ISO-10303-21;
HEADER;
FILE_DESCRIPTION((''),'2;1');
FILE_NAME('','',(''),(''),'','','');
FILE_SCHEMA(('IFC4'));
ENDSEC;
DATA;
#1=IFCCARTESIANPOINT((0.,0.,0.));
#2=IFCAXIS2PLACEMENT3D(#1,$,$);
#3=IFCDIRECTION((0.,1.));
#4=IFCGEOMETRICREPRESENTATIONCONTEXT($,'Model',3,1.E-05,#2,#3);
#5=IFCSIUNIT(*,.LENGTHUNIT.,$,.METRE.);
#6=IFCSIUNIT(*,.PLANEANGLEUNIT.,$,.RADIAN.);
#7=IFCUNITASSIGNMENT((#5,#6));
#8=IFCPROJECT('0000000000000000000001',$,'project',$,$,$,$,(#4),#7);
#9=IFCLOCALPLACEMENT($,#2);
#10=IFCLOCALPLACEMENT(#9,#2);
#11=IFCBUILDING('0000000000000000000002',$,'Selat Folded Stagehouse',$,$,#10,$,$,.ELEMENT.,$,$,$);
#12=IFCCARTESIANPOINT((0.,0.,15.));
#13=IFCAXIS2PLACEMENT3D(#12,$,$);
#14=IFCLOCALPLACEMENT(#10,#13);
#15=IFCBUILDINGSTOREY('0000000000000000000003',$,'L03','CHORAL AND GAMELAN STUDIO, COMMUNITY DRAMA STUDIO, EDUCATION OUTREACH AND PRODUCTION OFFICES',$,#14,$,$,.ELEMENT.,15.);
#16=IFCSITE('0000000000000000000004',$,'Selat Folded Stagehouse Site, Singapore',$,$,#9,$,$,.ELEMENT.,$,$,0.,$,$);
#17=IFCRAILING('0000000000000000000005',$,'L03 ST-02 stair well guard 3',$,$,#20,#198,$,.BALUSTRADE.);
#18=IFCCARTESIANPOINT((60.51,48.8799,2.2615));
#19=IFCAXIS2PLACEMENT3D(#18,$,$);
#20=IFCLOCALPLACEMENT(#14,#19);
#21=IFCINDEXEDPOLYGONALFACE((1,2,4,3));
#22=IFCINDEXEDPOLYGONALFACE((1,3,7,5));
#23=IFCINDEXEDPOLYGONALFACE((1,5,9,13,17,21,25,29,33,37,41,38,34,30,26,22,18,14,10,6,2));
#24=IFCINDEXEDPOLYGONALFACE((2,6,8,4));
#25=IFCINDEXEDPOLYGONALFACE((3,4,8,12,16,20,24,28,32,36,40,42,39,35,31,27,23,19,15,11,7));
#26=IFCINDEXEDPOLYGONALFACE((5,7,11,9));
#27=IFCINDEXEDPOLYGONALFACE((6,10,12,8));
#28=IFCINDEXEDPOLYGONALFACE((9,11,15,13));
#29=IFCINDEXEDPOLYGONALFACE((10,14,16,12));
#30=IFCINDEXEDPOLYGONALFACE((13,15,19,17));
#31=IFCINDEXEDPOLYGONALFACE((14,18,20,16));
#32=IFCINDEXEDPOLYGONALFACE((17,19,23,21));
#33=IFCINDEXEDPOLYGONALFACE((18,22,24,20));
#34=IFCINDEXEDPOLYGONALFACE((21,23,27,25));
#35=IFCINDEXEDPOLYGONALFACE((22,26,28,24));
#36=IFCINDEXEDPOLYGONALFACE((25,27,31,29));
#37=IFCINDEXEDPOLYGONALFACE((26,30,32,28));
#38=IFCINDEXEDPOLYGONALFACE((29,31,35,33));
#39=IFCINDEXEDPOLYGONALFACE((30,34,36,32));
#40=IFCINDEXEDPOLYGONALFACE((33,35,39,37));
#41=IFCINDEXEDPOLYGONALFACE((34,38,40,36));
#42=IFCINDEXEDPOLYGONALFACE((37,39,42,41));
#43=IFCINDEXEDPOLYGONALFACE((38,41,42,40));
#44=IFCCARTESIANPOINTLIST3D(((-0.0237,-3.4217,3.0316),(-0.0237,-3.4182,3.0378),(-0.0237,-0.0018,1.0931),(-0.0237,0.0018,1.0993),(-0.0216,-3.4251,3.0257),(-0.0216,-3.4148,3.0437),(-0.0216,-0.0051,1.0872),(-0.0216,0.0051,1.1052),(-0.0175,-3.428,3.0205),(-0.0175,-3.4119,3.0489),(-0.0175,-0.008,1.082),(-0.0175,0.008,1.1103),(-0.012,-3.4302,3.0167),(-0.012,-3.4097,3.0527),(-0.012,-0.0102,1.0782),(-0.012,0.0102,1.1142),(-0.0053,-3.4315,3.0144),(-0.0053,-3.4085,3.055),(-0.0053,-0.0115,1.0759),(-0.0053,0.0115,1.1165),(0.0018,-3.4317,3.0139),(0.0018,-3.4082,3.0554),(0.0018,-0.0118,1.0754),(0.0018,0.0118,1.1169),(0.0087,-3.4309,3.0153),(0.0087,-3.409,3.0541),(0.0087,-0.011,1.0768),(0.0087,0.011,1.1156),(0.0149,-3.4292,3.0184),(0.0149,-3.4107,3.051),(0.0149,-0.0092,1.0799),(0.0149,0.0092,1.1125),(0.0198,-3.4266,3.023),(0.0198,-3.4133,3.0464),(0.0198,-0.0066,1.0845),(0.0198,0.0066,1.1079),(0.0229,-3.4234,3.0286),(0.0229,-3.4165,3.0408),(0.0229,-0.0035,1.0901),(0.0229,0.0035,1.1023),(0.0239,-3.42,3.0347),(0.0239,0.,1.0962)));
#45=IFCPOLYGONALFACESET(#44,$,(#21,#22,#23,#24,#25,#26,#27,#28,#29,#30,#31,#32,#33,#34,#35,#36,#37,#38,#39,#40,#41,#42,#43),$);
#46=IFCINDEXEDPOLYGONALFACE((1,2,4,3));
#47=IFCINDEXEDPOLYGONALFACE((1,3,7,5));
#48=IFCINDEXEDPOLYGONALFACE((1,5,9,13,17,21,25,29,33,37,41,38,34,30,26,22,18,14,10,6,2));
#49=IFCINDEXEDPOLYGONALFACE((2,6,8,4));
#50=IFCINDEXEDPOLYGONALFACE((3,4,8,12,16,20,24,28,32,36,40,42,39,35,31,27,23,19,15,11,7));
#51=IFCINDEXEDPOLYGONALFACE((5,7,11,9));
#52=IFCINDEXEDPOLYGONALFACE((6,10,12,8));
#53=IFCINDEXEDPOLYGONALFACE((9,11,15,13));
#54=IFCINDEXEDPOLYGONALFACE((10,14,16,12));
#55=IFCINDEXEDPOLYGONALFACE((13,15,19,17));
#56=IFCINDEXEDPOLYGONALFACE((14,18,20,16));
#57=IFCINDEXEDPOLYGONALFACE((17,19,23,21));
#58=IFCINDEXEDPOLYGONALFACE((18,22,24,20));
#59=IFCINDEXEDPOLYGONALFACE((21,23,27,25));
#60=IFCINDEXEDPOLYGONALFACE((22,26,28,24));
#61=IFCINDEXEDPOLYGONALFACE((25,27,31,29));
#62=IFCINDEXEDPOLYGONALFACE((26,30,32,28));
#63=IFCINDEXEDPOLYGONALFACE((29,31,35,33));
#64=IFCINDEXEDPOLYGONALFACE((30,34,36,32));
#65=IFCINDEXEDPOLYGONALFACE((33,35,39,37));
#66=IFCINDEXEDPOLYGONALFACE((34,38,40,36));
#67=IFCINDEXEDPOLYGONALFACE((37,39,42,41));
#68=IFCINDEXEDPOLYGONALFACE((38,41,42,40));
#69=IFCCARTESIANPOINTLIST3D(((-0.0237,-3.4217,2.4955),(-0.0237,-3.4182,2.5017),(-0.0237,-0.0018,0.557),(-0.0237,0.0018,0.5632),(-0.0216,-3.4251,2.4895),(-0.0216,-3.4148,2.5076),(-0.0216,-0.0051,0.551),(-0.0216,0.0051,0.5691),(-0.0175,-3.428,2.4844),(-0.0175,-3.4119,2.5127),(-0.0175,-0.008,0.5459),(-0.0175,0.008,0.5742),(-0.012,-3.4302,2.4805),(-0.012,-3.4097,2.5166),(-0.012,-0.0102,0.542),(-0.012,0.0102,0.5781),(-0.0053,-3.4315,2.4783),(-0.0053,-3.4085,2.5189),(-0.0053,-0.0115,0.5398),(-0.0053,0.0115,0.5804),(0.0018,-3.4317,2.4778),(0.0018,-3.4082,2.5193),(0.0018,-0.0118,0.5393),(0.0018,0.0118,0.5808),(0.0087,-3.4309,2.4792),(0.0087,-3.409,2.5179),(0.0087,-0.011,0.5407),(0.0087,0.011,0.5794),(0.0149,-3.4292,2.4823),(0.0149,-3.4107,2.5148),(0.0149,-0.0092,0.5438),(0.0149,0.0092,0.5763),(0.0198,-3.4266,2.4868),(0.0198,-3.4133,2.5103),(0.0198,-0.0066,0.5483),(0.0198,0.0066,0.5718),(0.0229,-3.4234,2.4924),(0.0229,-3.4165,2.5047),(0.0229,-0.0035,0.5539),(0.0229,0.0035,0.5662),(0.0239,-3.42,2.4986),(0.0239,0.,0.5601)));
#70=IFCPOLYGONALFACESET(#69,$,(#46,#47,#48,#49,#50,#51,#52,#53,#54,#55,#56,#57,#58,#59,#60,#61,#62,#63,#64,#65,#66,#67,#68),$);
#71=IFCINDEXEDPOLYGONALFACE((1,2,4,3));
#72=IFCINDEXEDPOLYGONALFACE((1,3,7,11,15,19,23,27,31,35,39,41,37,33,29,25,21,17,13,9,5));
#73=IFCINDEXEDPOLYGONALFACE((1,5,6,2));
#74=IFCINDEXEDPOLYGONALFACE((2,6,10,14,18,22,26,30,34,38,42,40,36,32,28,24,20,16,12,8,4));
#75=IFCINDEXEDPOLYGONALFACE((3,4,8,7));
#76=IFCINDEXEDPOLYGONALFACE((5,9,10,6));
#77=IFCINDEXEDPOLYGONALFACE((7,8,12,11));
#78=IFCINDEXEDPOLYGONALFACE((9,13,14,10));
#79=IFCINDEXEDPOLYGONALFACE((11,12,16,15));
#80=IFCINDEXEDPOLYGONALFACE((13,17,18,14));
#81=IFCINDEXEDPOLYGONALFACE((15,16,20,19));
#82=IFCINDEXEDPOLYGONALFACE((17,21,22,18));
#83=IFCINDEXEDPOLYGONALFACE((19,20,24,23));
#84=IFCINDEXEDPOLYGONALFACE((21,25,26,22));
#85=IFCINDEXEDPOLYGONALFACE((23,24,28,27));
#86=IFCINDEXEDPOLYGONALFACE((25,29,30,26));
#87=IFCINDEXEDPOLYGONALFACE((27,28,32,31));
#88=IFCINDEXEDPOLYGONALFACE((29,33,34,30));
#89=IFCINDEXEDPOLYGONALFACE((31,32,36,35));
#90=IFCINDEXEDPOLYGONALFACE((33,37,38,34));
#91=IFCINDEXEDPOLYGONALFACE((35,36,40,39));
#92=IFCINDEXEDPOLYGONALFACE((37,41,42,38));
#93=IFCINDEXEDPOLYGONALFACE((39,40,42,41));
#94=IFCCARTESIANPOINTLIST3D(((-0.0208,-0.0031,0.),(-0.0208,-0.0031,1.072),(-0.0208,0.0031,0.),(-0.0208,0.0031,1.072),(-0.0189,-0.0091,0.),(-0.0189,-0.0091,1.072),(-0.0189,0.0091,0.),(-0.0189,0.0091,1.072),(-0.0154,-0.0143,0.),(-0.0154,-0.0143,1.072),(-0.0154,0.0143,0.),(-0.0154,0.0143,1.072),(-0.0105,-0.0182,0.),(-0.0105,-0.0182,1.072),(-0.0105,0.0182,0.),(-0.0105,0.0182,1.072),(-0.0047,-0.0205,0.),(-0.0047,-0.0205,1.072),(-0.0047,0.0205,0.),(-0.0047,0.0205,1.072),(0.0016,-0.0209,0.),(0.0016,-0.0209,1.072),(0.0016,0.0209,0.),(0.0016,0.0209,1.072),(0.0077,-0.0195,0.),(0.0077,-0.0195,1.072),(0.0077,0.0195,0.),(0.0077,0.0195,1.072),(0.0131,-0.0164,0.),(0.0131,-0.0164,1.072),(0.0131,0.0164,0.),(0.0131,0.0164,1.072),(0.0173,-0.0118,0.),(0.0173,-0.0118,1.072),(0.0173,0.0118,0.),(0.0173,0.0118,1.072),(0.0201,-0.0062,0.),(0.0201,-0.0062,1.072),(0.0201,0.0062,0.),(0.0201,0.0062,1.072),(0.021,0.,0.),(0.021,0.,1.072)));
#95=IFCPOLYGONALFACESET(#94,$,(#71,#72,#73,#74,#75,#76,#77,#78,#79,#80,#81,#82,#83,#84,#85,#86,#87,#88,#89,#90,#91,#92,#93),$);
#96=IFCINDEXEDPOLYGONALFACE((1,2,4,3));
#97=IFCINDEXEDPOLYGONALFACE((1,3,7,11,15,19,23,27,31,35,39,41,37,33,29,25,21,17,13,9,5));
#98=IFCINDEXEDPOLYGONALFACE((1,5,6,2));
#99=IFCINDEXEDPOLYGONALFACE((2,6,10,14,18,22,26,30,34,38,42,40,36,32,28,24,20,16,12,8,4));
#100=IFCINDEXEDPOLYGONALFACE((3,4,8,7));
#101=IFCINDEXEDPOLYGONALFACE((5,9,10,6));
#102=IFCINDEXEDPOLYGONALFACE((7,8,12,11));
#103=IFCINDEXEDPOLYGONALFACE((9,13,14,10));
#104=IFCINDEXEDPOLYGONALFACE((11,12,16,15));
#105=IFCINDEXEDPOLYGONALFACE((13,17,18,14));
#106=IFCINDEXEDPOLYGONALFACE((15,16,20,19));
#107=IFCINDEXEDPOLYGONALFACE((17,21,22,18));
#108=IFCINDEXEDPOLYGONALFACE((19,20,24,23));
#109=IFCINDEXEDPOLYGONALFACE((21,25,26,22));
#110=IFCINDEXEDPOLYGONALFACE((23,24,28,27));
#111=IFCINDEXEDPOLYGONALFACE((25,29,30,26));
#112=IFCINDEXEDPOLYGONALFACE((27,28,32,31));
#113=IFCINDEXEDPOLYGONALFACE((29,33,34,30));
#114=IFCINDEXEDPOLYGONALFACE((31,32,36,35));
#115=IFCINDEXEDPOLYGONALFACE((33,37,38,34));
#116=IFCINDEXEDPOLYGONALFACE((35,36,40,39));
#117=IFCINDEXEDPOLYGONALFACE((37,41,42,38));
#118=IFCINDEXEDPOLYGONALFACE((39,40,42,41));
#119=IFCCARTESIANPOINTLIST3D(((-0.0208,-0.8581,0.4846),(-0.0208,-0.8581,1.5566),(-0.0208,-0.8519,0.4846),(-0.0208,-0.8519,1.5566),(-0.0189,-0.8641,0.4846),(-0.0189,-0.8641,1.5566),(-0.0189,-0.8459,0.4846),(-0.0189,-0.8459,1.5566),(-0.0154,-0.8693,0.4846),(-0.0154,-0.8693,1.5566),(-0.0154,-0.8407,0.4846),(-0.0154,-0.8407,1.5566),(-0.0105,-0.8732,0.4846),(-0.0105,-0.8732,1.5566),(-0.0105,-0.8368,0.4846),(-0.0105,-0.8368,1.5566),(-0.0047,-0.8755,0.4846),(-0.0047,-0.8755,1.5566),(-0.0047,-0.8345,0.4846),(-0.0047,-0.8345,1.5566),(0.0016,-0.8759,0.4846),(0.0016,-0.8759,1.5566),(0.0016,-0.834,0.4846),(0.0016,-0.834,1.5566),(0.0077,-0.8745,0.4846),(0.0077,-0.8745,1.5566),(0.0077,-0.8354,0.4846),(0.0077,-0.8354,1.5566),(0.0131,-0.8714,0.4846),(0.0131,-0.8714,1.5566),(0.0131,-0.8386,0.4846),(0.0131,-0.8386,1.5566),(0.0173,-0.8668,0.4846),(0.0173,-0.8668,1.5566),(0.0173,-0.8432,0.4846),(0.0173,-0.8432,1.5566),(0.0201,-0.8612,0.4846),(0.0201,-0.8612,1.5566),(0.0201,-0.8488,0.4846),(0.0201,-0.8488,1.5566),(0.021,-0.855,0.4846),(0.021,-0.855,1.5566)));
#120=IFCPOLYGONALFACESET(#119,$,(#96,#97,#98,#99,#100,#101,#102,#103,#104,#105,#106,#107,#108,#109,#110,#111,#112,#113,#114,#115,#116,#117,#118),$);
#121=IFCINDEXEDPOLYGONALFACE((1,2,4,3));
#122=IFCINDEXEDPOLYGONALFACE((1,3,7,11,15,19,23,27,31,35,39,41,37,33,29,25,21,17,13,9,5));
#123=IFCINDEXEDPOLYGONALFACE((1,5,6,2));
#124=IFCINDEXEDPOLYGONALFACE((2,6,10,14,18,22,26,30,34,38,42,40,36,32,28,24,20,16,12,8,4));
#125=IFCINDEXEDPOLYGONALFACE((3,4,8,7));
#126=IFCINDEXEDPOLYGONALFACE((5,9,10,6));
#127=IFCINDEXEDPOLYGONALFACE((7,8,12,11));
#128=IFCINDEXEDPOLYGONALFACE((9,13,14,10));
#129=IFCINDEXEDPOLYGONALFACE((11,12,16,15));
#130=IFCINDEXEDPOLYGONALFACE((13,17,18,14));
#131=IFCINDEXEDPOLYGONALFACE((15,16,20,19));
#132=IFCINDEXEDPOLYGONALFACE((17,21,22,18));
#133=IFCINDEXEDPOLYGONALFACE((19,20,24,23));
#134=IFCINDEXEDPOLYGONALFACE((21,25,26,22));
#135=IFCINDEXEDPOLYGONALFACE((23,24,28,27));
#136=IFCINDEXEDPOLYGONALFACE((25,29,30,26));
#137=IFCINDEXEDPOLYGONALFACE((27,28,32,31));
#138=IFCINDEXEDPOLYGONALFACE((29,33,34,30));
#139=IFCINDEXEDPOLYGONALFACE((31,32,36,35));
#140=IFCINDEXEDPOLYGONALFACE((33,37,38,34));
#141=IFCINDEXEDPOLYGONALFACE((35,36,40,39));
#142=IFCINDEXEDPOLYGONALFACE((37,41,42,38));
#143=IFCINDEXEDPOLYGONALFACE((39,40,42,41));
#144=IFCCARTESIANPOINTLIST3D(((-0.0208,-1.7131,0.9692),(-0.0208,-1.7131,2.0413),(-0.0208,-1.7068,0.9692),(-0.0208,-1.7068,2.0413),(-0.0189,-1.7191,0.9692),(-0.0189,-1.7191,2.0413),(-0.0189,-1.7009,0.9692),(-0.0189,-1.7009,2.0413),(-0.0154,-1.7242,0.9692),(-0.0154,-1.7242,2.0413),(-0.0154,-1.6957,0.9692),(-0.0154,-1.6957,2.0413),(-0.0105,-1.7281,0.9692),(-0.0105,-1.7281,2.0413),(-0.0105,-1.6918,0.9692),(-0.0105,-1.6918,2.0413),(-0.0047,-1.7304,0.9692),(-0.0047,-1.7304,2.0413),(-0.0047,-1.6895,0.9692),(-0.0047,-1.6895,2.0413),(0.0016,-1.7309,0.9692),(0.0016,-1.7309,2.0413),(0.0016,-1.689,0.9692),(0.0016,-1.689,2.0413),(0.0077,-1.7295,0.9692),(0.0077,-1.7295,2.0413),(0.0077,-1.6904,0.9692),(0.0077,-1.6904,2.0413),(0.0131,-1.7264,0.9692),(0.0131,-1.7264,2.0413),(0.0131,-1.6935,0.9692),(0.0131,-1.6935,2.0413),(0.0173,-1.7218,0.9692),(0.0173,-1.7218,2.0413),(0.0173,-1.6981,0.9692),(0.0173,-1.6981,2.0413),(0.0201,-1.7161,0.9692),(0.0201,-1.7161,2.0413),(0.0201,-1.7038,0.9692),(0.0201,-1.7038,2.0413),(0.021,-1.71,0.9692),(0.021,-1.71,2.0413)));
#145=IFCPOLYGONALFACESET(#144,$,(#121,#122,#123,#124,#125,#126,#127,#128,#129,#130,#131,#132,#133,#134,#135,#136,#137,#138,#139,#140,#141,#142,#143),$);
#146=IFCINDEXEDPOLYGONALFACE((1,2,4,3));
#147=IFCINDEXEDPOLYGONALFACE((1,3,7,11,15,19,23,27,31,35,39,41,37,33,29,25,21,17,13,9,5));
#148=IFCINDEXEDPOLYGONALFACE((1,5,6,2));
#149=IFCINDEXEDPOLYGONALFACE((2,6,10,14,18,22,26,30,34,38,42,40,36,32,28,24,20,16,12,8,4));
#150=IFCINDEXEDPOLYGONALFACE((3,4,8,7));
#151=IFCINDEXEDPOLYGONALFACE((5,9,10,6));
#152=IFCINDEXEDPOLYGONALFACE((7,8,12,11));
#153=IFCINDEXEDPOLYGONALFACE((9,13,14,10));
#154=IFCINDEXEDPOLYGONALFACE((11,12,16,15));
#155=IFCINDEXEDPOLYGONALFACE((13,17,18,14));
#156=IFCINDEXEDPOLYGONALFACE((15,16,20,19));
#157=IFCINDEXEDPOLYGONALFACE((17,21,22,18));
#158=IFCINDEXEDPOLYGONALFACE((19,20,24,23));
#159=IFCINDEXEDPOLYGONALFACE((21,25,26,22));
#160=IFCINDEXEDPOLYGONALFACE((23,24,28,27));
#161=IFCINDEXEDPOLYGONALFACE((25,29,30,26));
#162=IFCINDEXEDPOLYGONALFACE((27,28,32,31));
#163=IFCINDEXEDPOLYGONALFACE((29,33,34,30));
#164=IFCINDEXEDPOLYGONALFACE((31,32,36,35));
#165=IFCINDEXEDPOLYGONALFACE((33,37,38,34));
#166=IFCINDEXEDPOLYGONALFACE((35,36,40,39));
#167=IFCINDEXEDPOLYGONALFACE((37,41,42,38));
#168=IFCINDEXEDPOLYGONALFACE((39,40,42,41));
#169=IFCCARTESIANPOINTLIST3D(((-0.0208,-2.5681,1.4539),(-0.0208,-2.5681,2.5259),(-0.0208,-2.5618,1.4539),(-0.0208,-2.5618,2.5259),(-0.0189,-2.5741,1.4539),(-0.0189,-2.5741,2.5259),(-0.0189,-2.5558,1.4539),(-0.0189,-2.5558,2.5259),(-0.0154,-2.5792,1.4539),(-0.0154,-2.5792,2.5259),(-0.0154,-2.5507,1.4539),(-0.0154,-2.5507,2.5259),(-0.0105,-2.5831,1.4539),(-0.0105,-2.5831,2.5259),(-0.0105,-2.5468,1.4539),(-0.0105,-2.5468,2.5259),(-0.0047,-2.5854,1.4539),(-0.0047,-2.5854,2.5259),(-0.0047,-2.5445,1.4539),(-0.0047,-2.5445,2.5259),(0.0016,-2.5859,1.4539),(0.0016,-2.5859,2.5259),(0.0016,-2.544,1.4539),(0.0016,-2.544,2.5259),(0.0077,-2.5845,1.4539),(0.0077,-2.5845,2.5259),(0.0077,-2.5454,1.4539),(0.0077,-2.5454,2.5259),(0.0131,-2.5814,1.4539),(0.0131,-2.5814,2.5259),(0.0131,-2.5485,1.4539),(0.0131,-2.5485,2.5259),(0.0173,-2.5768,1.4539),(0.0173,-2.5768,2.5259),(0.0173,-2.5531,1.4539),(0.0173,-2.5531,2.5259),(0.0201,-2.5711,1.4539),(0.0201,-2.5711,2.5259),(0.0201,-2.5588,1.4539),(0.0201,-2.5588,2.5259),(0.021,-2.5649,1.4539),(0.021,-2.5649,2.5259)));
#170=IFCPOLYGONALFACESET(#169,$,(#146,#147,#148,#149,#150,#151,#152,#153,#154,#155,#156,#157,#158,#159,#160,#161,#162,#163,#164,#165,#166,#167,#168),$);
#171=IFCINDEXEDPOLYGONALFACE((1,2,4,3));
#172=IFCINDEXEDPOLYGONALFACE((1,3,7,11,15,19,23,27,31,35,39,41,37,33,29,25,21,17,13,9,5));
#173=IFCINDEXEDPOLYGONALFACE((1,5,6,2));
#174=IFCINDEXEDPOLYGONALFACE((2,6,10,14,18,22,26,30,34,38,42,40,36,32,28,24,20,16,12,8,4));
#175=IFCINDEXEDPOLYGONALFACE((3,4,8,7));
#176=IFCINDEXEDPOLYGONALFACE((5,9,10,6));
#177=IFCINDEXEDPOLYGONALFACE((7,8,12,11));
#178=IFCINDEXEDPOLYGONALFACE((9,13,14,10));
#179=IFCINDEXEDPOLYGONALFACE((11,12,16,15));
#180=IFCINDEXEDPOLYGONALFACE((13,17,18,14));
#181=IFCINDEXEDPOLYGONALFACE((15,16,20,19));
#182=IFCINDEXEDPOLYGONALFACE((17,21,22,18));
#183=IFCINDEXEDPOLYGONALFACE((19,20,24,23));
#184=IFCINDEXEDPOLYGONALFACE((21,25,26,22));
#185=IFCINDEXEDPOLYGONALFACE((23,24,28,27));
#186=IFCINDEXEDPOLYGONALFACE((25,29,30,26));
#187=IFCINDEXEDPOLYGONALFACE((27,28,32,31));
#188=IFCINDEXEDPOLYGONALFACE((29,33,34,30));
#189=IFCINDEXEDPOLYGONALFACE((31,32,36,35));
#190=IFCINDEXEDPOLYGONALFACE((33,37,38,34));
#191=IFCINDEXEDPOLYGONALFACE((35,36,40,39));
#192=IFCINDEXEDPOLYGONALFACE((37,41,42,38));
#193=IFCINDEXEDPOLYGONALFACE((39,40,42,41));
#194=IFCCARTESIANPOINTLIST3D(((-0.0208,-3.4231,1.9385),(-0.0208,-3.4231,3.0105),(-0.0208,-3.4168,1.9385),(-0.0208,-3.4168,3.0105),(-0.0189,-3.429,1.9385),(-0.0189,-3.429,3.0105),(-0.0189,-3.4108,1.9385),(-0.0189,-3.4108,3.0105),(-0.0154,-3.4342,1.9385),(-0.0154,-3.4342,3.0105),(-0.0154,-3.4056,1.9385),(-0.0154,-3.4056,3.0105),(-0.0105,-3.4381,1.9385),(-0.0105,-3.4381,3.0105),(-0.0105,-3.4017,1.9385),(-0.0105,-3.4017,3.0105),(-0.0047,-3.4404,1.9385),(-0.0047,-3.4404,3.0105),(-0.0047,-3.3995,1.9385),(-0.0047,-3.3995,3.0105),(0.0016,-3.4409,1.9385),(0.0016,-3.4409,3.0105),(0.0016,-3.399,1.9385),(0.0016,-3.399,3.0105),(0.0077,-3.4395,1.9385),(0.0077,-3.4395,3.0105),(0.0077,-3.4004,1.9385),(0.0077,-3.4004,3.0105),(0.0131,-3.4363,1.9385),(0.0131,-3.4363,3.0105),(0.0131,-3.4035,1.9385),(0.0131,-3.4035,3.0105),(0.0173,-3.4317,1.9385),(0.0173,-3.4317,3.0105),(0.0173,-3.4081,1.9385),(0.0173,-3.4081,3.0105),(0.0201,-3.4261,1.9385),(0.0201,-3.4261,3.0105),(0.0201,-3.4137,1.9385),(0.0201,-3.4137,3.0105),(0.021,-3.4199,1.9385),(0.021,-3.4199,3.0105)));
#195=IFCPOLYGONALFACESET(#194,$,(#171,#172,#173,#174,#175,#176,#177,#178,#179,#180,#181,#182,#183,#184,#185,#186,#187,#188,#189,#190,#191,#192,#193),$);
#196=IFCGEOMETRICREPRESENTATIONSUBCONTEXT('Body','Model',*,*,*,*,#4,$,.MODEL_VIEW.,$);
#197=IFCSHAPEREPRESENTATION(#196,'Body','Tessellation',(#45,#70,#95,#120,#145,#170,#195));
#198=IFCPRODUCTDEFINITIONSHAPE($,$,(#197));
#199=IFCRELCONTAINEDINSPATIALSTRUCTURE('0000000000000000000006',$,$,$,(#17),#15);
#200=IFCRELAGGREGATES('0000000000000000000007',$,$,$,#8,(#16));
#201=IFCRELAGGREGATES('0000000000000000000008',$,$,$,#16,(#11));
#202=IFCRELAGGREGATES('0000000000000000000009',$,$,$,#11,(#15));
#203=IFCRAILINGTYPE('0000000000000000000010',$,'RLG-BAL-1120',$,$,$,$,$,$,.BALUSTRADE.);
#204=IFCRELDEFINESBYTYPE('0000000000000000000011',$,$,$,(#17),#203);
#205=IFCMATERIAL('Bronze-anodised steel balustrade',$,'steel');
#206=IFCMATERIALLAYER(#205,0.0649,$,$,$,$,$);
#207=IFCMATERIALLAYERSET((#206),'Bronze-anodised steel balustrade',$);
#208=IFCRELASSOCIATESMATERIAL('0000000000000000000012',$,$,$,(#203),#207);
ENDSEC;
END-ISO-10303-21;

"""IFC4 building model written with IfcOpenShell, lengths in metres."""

from ifc_helpers import new_model, si_unit, direction, frame, origin, origin_2d, place, context, subcontext, project, spatial, circle, extrude, material, layer, layer_set, type_object, element, save


model = new_model("IFC4")

# Units and contexts
model_context = context("Model", 3, precision=1e-05, world=origin(), true_north=direction((0.0, 1.0)))
body_context = subcontext(model_context, "Body", "Model", "MODEL_VIEW")
ifc_project = project(units=[si_unit("LENGTHUNIT", "METRE"), si_unit("PLANEANGLEUNIT", "RADIAN")], contexts=[model_context])

# Site, building, storey
site_placement = place(None, origin())
site = spatial("IfcSite", under=ifc_project, at=site_placement, Name="Selat Folded Stagehouse Site, Singapore", CompositionType="ELEMENT", RefElevation=0.0)
building_placement = place(site_placement, origin())
building = spatial("IfcBuilding", under=site, at=building_placement, Name="Selat Folded Stagehouse", CompositionType="ELEMENT")
storey_placement = place(building_placement, frame((0.0, 0.0, 15.0)))
storey = spatial("IfcBuildingStorey", under=building, at=storey_placement, Name="L03", Description="CHORAL AND GAMELAN STUDIO, COMMUNITY DRAMA STUDIO, EDUCATION OUTREACH AND PRODUCTION OFFICES", CompositionType="ELEMENT", Elevation=15.0)

# Railing
ifc_material_1 = material(Name="Bronze-anodised steel balustrade", Category="steel")
ifc_layer_1 = layer(ifc_material_1, 0.0649)
ifc_layer_set_1 = layer_set([ifc_layer_1], Name="Bronze-anodised steel balustrade")
railing_type_1 = type_object("IfcRailingType", Name="RLG-BAL-1120", PredefinedType="BALUSTRADE", material=ifc_layer_set_1)
railing_1_placement = place(storey_placement, frame((60.51, 48.8799, 2.2615)))
element("IfcRailing", 1, at=railing_1_placement, inside=storey, type_object=railing_type_1, Name="L03 ST-02 stair well guard 3", PredefinedType="BALUSTRADE", context=body_context, shape_type="SweptSolid", body=[
    extrude(circle(Radius=0.0239, at=origin_2d()), frame((0.0, 0.0, 1.0962), z_axis=(0.0, -0.869965, 0.493113), x_axis=(1.0, 0.0, 0.0)), (0.0, 0.0, 1.0), 3.9312),
    extrude(circle(Radius=0.0239, at=origin_2d()), frame((0.0, 0.0, 0.5601), z_axis=(0.0, -0.869965, 0.493113), x_axis=(1.0, 0.0, 0.0)), (0.0, 0.0, 1.0), 3.9312),
    extrude(circle(Radius=0.021, at=origin_2d()), origin(), (0.0, 0.0, 1.0), 1.072),
    extrude(circle(Radius=0.021, at=origin_2d()), frame((0.0, -0.855, 0.4846)), (0.0, 0.0, 1.0), 1.072),
    extrude(circle(Radius=0.021, at=origin_2d()), frame((0.0, -1.71, 0.9692)), (0.0, 0.0, 1.0), 1.072),
    extrude(circle(Radius=0.021, at=origin_2d()), frame((0.0, -2.5649, 1.4539)), (0.0, 0.0, 1.0), 1.072),
    extrude(circle(Radius=0.021, at=origin_2d()), frame((0.0, -3.4199, 1.9385)), (0.0, 0.0, 1.0), 1.072),
])

save(model, "model.ifc")
